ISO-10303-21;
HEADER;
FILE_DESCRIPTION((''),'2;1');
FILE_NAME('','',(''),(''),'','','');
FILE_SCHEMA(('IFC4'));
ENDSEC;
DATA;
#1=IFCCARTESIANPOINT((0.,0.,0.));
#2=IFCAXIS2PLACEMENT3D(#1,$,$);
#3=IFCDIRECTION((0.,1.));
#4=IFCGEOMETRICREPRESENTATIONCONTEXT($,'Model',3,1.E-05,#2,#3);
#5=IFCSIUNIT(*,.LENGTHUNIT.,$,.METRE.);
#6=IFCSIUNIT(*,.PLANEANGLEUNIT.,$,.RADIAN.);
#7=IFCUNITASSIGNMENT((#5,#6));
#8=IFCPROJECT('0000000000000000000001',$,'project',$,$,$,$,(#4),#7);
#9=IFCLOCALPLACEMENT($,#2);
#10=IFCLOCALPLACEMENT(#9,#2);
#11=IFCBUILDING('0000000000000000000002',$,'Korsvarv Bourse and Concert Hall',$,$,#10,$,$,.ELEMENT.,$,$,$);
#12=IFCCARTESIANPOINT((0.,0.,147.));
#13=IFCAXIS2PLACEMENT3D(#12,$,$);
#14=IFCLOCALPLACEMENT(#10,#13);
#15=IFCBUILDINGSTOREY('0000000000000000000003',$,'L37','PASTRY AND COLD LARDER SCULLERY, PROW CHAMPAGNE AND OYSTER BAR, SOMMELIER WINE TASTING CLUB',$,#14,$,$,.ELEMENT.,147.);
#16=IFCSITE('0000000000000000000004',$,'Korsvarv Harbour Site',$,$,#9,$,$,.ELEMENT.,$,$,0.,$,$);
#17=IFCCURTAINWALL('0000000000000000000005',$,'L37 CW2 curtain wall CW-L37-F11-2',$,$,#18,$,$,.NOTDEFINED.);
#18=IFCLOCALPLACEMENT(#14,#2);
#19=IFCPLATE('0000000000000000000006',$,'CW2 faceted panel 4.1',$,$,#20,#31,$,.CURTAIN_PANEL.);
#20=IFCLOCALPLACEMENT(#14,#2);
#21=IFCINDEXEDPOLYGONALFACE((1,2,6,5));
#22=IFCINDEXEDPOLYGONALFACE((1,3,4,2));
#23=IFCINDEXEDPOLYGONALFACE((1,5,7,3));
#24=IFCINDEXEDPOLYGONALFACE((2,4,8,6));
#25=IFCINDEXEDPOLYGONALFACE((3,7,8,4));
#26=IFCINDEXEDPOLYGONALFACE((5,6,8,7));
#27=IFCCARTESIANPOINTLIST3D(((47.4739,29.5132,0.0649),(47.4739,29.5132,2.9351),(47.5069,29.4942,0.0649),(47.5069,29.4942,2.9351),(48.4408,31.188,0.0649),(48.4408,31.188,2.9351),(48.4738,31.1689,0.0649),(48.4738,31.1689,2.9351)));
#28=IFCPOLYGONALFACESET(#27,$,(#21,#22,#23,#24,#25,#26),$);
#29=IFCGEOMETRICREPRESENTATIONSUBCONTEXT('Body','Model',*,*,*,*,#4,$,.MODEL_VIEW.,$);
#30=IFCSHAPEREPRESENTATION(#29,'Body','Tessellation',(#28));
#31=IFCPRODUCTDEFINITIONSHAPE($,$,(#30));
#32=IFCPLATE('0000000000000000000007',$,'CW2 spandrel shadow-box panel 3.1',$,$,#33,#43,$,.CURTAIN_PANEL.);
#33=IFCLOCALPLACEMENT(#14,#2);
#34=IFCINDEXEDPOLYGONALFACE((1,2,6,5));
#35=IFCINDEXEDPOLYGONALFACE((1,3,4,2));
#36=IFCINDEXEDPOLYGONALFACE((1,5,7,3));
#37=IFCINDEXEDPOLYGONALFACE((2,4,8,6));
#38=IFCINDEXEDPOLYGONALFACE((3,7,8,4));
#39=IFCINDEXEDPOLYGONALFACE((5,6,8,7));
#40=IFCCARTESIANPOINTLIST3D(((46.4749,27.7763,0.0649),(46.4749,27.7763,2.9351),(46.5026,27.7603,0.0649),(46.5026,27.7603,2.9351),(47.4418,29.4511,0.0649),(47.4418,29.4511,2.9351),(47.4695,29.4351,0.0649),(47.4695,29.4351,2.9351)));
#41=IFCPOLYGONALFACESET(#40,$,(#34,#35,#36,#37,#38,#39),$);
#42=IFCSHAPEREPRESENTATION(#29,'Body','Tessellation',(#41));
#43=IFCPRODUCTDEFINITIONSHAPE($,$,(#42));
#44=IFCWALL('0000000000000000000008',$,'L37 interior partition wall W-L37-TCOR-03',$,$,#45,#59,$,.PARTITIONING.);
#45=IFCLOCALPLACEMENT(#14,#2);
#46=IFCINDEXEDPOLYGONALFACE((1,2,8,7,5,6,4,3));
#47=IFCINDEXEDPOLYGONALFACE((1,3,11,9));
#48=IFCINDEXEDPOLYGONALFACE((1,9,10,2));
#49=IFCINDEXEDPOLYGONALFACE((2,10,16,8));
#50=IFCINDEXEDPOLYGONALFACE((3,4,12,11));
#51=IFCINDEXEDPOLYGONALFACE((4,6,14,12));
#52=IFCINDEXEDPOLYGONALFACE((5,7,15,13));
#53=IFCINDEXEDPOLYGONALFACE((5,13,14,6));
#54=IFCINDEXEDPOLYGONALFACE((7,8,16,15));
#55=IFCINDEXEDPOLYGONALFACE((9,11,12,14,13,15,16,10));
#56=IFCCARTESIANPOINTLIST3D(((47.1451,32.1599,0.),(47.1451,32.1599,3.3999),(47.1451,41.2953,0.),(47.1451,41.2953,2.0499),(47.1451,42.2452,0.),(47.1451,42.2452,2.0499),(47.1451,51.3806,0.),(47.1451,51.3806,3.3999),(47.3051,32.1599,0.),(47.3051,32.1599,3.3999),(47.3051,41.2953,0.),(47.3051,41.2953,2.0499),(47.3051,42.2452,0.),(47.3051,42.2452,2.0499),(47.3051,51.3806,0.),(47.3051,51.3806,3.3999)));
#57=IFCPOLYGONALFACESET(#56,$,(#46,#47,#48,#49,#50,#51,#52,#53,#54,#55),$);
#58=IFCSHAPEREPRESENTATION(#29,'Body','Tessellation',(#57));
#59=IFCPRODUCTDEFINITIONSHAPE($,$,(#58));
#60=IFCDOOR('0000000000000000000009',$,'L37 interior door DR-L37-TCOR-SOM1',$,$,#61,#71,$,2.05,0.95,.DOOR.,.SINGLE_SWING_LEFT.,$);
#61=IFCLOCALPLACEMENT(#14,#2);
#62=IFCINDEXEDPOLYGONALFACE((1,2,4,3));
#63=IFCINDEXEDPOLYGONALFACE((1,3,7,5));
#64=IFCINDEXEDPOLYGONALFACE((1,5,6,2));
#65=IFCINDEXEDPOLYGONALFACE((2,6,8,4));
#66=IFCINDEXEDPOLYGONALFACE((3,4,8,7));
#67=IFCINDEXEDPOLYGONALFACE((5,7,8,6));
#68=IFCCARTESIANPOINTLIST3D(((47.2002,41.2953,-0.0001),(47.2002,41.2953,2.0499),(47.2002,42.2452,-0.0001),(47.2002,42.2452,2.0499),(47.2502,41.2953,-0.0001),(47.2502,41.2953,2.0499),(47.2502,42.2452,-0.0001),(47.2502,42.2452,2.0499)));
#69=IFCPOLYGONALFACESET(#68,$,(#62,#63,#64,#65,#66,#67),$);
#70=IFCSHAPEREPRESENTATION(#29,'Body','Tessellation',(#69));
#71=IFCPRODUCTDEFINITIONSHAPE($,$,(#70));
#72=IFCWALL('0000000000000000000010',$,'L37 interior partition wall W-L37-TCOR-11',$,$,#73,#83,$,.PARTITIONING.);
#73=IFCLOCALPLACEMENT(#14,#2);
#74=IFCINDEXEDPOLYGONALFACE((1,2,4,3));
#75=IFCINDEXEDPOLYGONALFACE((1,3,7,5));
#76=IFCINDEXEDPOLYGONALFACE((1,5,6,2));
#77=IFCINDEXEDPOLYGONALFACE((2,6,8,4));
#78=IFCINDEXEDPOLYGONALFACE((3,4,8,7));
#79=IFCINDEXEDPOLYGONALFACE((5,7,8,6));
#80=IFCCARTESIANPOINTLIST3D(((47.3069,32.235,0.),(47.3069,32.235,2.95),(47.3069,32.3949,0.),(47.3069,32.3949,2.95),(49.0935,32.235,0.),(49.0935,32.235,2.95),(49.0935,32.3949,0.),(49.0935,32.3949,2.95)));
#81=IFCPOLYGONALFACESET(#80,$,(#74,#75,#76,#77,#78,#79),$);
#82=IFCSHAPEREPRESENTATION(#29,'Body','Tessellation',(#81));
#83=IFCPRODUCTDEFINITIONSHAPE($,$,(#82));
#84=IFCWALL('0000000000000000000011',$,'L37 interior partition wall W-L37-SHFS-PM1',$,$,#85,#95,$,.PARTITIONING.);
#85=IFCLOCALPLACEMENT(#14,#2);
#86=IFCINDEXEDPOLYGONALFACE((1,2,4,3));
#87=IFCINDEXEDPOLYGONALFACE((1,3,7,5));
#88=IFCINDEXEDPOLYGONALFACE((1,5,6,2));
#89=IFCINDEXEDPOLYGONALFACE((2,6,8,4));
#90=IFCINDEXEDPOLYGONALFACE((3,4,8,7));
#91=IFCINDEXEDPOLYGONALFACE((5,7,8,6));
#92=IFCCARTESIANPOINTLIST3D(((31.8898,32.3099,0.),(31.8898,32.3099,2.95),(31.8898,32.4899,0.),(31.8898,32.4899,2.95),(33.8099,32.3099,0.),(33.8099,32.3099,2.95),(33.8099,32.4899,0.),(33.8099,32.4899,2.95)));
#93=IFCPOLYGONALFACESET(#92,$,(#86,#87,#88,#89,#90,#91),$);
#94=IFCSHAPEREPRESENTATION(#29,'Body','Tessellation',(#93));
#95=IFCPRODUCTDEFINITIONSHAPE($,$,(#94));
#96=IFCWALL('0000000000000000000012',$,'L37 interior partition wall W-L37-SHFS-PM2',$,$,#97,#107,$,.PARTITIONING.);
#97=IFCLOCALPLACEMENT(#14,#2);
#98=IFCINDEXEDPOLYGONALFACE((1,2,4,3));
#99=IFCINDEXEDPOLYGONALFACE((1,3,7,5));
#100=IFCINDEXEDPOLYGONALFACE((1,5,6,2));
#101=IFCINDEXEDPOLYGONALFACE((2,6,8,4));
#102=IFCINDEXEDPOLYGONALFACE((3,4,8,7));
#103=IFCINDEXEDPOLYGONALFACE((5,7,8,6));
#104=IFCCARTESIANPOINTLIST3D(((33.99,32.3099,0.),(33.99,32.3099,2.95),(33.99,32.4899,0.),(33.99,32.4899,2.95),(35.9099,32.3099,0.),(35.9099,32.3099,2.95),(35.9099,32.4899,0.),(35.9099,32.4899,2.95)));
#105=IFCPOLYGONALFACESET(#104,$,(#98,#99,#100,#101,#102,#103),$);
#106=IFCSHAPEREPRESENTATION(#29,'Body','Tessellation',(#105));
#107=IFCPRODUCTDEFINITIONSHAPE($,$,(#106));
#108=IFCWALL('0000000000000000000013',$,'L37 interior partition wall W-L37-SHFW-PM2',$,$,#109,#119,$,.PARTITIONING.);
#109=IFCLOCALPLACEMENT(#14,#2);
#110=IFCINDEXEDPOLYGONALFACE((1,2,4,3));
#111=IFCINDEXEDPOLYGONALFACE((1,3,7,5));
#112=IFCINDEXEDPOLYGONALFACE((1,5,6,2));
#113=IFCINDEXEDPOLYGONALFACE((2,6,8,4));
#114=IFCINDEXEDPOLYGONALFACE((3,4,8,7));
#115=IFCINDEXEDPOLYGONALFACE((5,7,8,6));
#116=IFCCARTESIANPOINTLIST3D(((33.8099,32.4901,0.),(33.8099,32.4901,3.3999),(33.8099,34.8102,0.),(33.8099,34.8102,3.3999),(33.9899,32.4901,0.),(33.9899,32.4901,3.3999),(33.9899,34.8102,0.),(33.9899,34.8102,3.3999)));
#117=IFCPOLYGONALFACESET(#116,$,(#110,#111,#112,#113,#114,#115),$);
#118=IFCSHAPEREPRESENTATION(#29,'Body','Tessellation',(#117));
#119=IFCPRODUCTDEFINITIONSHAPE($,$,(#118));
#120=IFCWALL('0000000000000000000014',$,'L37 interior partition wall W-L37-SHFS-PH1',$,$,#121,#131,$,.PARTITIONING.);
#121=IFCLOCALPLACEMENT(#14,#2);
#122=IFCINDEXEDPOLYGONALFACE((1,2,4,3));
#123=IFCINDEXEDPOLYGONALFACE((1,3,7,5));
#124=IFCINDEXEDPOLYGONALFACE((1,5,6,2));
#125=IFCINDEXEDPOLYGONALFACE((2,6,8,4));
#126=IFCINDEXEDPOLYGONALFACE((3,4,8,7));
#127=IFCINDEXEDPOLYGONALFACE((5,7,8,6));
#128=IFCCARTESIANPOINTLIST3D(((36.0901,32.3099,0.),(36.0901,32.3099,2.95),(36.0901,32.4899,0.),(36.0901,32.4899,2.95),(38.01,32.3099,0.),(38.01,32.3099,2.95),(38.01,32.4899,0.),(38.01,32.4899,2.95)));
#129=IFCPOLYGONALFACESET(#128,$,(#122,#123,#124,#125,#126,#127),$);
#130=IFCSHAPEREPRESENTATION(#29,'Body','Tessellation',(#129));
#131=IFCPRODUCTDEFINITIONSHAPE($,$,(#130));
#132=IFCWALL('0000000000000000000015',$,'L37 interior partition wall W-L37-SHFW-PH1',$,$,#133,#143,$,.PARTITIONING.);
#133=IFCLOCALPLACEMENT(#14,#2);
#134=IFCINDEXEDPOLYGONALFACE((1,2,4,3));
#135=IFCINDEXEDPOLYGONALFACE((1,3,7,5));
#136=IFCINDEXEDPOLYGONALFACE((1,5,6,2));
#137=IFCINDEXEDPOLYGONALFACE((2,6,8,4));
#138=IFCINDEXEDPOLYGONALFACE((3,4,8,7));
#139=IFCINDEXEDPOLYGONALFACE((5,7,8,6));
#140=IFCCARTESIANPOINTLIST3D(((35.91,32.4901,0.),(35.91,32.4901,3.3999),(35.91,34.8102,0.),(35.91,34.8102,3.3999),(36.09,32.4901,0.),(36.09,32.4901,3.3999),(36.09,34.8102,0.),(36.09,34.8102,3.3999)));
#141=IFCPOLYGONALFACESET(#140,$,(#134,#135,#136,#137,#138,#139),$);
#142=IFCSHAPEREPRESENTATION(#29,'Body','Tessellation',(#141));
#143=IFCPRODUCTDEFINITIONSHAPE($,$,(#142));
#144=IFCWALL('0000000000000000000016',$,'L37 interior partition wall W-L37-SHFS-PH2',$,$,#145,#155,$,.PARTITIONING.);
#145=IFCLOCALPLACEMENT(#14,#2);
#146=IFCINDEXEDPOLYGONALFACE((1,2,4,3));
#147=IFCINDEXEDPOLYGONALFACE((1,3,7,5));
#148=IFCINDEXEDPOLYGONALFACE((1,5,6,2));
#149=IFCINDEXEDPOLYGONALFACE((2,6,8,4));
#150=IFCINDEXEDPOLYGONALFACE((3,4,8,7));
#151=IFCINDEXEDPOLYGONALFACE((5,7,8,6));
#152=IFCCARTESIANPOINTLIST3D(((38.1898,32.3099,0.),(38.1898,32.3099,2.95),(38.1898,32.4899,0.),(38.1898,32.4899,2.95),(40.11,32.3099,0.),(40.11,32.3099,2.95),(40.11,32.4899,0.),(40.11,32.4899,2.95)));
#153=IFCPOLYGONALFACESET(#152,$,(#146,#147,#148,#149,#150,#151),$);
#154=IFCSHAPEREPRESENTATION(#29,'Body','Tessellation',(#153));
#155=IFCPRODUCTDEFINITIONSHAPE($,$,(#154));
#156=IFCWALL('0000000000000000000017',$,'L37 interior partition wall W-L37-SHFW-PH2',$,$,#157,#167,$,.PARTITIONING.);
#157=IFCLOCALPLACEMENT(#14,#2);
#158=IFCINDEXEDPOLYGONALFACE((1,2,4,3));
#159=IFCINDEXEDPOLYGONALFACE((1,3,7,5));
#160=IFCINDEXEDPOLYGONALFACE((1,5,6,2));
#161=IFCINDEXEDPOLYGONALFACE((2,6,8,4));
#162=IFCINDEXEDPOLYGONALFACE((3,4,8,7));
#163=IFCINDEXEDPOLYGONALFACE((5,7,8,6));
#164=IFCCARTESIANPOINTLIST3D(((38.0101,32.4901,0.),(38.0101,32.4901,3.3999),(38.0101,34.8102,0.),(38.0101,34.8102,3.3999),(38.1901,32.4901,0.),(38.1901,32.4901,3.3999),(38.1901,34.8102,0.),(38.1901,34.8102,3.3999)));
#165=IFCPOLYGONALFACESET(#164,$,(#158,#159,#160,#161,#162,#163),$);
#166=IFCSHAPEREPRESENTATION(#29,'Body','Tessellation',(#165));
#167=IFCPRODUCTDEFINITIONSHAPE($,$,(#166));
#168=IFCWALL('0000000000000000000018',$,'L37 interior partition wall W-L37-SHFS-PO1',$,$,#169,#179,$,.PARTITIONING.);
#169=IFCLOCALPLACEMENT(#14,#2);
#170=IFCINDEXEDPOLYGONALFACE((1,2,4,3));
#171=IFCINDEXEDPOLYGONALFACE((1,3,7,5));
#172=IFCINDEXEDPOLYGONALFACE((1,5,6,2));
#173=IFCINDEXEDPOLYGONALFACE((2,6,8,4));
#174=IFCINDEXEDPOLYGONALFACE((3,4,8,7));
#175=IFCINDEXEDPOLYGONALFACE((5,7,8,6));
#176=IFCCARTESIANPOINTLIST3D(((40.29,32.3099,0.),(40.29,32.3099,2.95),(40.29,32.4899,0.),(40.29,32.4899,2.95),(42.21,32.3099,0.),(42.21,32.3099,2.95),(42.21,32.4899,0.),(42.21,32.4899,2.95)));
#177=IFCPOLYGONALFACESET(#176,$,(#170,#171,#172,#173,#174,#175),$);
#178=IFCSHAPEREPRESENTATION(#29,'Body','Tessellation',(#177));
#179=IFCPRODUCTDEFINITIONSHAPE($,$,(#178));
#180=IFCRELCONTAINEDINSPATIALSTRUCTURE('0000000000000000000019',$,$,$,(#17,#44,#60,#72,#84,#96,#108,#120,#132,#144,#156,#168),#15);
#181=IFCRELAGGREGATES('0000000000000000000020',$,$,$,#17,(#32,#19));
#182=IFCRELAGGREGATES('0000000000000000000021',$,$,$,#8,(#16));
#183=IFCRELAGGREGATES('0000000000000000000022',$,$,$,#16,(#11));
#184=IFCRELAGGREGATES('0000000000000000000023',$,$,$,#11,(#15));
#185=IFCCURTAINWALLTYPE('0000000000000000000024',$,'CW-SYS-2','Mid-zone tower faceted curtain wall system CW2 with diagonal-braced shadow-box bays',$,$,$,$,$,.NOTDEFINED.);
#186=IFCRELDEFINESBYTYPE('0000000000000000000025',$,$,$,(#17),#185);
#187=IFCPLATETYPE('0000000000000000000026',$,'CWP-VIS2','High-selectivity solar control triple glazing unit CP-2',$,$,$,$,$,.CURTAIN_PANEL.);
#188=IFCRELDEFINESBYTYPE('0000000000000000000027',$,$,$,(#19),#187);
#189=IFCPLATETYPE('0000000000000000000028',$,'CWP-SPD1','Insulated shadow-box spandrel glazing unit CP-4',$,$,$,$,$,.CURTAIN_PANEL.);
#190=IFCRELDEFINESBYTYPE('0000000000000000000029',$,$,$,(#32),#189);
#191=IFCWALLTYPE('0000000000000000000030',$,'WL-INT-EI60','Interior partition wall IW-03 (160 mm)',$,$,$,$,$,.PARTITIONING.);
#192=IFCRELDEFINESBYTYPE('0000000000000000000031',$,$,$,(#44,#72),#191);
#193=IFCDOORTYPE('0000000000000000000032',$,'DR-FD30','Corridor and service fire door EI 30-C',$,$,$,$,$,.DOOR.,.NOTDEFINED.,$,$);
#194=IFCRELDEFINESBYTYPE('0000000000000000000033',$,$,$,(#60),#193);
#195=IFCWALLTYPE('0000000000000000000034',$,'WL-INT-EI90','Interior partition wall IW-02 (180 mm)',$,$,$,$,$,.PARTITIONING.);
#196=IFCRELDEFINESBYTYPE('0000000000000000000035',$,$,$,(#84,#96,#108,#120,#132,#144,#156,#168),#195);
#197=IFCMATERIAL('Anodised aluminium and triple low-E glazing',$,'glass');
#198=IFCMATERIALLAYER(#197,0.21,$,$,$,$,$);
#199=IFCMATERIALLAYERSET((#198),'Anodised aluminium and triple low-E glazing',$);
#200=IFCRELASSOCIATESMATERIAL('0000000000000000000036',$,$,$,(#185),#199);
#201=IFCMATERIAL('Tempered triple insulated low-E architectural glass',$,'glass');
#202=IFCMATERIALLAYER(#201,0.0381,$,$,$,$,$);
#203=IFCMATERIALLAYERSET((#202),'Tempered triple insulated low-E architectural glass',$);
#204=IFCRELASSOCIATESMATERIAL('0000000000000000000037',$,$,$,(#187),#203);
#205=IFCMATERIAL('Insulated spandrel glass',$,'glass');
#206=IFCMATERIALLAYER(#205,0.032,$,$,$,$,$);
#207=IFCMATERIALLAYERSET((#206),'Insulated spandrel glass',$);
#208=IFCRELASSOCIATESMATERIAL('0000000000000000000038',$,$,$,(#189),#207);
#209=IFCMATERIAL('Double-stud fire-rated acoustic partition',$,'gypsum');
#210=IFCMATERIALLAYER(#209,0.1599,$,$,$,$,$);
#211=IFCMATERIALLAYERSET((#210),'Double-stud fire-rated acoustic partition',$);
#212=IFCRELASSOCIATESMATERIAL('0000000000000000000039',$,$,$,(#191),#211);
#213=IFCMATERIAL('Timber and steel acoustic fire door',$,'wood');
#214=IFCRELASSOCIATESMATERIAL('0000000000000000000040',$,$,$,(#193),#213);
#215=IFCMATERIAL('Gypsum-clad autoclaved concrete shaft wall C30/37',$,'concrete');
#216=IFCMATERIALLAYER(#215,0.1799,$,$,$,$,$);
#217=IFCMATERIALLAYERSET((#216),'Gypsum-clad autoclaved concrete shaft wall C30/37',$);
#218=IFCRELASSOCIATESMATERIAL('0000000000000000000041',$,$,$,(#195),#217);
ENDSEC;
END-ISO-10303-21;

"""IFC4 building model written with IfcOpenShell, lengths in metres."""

from ifc_helpers import new_model, si_unit, direction, frame, frame_2d, origin, origin_2d, place, context, subcontext, project, spatial, rectangle, extrude, source, transform, mapped, material, layer, layer_set, type_object, element, fill, aggregate, save


model = new_model("IFC4")

# Units and contexts
model_context = context("Model", 3, precision=1e-05, world=origin(), true_north=direction((0.0, 1.0)))
body_context = subcontext(model_context, "Body", "Model", "MODEL_VIEW")
ifc_project = project(units=[si_unit("LENGTHUNIT", "METRE"), si_unit("PLANEANGLEUNIT", "RADIAN")], contexts=[model_context])

# Site, building, storey
site_placement = place(None, origin())
site = spatial("IfcSite", under=ifc_project, at=site_placement, Name="Korsvarv Harbour Site", CompositionType="ELEMENT", RefElevation=0.0)
building_placement = place(site_placement, origin())
building = spatial("IfcBuilding", under=site, at=building_placement, Name="Korsvarv Bourse and Concert Hall", CompositionType="ELEMENT")
storey_placement = place(building_placement, frame((0.0, 0.0, 147.0)))
storey = spatial("IfcBuildingStorey", under=building, at=storey_placement, Name="L37", Description="PASTRY AND COLD LARDER SCULLERY, PROW CHAMPAGNE AND OYSTER BAR, SOMMELIER WINE TASTING CLUB", CompositionType="ELEMENT", Elevation=147.0)

# Curtain wall, plates
ifc_material_1 = material(Name="Anodised aluminium and triple low-E glazing", Category="glass")
ifc_layer_1 = layer(ifc_material_1, 0.21)
ifc_layer_set_1 = layer_set([ifc_layer_1], Name="Anodised aluminium and triple low-E glazing")
curtain_wall_type = type_object("IfcCurtainWallType", Name="CW-SYS-2", Description="Mid-zone tower faceted curtain wall system CW2 with diagonal-braced shadow-box bays", PredefinedType="NOTDEFINED", material=ifc_layer_set_1)
curtain_wall_placement = place(storey_placement, origin())
curtain_wall = element("IfcCurtainWall", 1, at=curtain_wall_placement, inside=storey, type_object=curtain_wall_type, Name="L37 CW2 curtain wall CW-L37-F11-2", PredefinedType="NOTDEFINED")
ifc_material_2 = material(Name="Tempered triple insulated low-E architectural glass", Category="glass")
ifc_layer_2 = layer(ifc_material_2, 0.0381)
ifc_layer_set_2 = layer_set([ifc_layer_2], Name="Tempered triple insulated low-E architectural glass")
plate_type_1 = type_object("IfcPlateType", Name="CWP-VIS2", Description="High-selectivity solar control triple glazing unit CP-2", PredefinedType="CURTAIN_PANEL", material=ifc_layer_set_2)
shared_shape_1 = source(origin(), body_context, "Body", "SweptSolid", [
    extrude(rectangle(XDim=1.9338, YDim=0.0381, at=origin_2d()), origin(), (0.0, 0.0, 1.0), 2.8701),
])
plate_1_placement = place(storey_placement, frame((47.9739, 30.3411, 0.0649), z_axis=(0.0, 0.0, 1.0), x_axis=(0.500005, 0.866023, 0.0)))
plate_1 = element("IfcPlate", 2, at=plate_1_placement, type_object=plate_type_1, Name="CW2 faceted panel 4.1", PredefinedType="CURTAIN_PANEL", context=body_context, shape_type="MappedRepresentation", body=[
    mapped(shared_shape_1, transform((0.0, 0.0, 0.0), scale=1.0)),
])
ifc_material_3 = material(Name="Insulated spandrel glass", Category="glass")
ifc_layer_3 = layer(ifc_material_3, 0.032)
ifc_layer_set_3 = layer_set([ifc_layer_3], Name="Insulated spandrel glass")
plate_type_2 = type_object("IfcPlateType", Name="CWP-SPD1", Description="Insulated shadow-box spandrel glazing unit CP-4", PredefinedType="CURTAIN_PANEL", material=ifc_layer_set_3)
shared_shape_2 = source(origin(), body_context, "Body", "SweptSolid", [
    extrude(rectangle(XDim=1.9338, YDim=0.032, at=origin_2d()), origin(), (0.0, 0.0, 1.0), 2.8701),
])
plate_2_placement = place(storey_placement, frame((46.9722, 28.6057, 0.0649), z_axis=(0.0, 0.0, 1.0), x_axis=(0.500005, 0.866023, 0.0)))
plate_2 = element("IfcPlate", 3, at=plate_2_placement, type_object=plate_type_2, Name="CW2 spandrel shadow-box panel 3.1", PredefinedType="CURTAIN_PANEL", context=body_context, shape_type="MappedRepresentation", body=[
    mapped(shared_shape_2, transform((0.0, 0.0, 0.0), scale=1.0)),
])
aggregate(curtain_wall, [plate_2, plate_1])

# Wall, opening, door
ifc_material_4 = material(Name="Double-stud fire-rated acoustic partition", Category="gypsum")
ifc_layer_4 = layer(ifc_material_4, 0.1599)
ifc_layer_set_4 = layer_set([ifc_layer_4], Name="Double-stud fire-rated acoustic partition")
wall_type_1 = type_object("IfcWallType", Name="WL-INT-EI60", Description="Interior partition wall IW-03 (160 mm)", PredefinedType="PARTITIONING", material=ifc_layer_set_4)
wall_1_placement = place(storey_placement, frame((47.2251, 32.1599, 0.0), z_axis=(0.0, 0.0, 1.0), x_axis=(0.0, 1.0, 0.0)))
wall_1 = element("IfcWall", 4, at=wall_1_placement, inside=storey, type_object=wall_type_1, Name="L37 interior partition wall W-L37-TCOR-03", PredefinedType="PARTITIONING", context=body_context, shape_type="SweptSolid", body=[
    extrude(rectangle(XDim=19.2207, YDim=0.1599, at=frame_2d((9.6104, 0.0))), origin(), (0.0, 0.0, 1.0), 3.3999),
])
opening_placement = place(wall_1_placement, frame((9.1353, 0.0, 0.0)))
opening = element("IfcOpeningElement", 5, at=opening_placement, cuts=wall_1, PredefinedType="OPENING", context=body_context, shape_type="SweptSolid", body=[
    extrude(rectangle(XDim=0.95, YDim=2.05, at=frame_2d((0.4751, 1.0249))), frame((0.0, 0.0898, 0.0), z_axis=(0.0, -1.0, 0.0), x_axis=(1.0, 0.0, 0.0)), (0.0, 0.0, 1.0), 0.1799),
])
ifc_material_5 = material(Name="Timber and steel acoustic fire door", Category="wood")
door_type = type_object("IfcDoorType", Name="DR-FD30", Description="Corridor and service fire door EI 30-C", OperationType="NOTDEFINED", PredefinedType="DOOR", material=ifc_material_5)
door_placement = place(opening_placement, origin())
door = element("IfcDoor", 6, at=door_placement, inside=storey, type_object=door_type, Name="L37 interior door DR-L37-TCOR-SOM1", OperationType="SINGLE_SWING_LEFT", OverallHeight=2.05, OverallWidth=0.95, PredefinedType="DOOR", context=body_context, shape_type="SweptSolid", body=[
    extrude(rectangle(XDim=0.95, YDim=2.05, at=frame_2d((0.4751, 1.0249))), frame((0.0, 0.0249, 0.0), z_axis=(0.0, -1.0, 0.0), x_axis=(1.0, 0.0, 0.0)), (0.0, 0.0, 1.0), 0.05),
])
fill(opening, door)

# Walls
wall_2_placement = place(storey_placement, frame((47.3069, 32.3149, 0.0), z_axis=(0.0, 0.0, 1.0), x_axis=(1.0, 0.0, 0.0)))
element("IfcWall", 7, at=wall_2_placement, inside=storey, type_object=wall_type_1, Name="L37 interior partition wall W-L37-TCOR-11", PredefinedType="PARTITIONING", context=body_context, shape_type="SweptSolid", body=[
    extrude(rectangle(XDim=1.7866, YDim=0.1599, at=frame_2d((0.8933, 0.0))), origin(), (0.0, 0.0, 1.0), 2.95),
])
ifc_material_6 = material(Name="Gypsum-clad autoclaved concrete shaft wall C30/37", Category="concrete")
ifc_layer_5 = layer(ifc_material_6, 0.1799)
ifc_layer_set_5 = layer_set([ifc_layer_5], Name="Gypsum-clad autoclaved concrete shaft wall C30/37")
wall_type_2 = type_object("IfcWallType", Name="WL-INT-EI90", Description="Interior partition wall IW-02 (180 mm)", PredefinedType="PARTITIONING", material=ifc_layer_set_5)
wall_3_placement = place(storey_placement, frame((31.8899, 32.3999, 0.0), z_axis=(0.0, 0.0, 1.0), x_axis=(1.0, 0.0, 0.0)))
element("IfcWall", 8, at=wall_3_placement, inside=storey, type_object=wall_type_2, Name="L37 interior partition wall W-L37-SHFS-PM1", PredefinedType="PARTITIONING", context=body_context, shape_type="SweptSolid", body=[
    extrude(rectangle(XDim=1.9202, YDim=0.1799, at=frame_2d((0.96, 0.0))), origin(), (0.0, 0.0, 1.0), 2.95),
])
wall_4_placement = place(storey_placement, frame((33.99, 32.3999, 0.0), z_axis=(0.0, 0.0, 1.0), x_axis=(1.0, 0.0, 0.0)))
element("IfcWall", 9, at=wall_4_placement, inside=storey, type_object=wall_type_2, Name="L37 interior partition wall W-L37-SHFS-PM2", PredefinedType="PARTITIONING", context=body_context, shape_type="SweptSolid", body=[
    extrude(rectangle(XDim=1.9199, YDim=0.1799, at=frame_2d((0.96, 0.0))), origin(), (0.0, 0.0, 1.0), 2.95),
])
wall_5_placement = place(storey_placement, frame((33.8999, 32.49, 0.0), z_axis=(0.0, 0.0, 1.0), x_axis=(0.0, 1.0, 0.0)))
element("IfcWall", 10, at=wall_5_placement, inside=storey, type_object=wall_type_2, Name="L37 interior partition wall W-L37-SHFW-PM2", PredefinedType="PARTITIONING", context=body_context, shape_type="SweptSolid", body=[
    extrude(rectangle(XDim=2.3201, YDim=0.1799, at=frame_2d((1.1602, 0.0))), origin(), (0.0, 0.0, 1.0), 3.3999),
])
wall_6_placement = place(storey_placement, frame((36.0901, 32.3999, 0.0), z_axis=(0.0, 0.0, 1.0), x_axis=(1.0, 0.0, 0.0)))
element("IfcWall", 11, at=wall_6_placement, inside=storey, type_object=wall_type_2, Name="L37 interior partition wall W-L37-SHFS-PH1", PredefinedType="PARTITIONING", context=body_context, shape_type="SweptSolid", body=[
    extrude(rectangle(XDim=1.9199, YDim=0.1799, at=frame_2d((0.96, 0.0))), origin(), (0.0, 0.0, 1.0), 2.95),
])
wall_7_placement = place(storey_placement, frame((36.0, 32.49, 0.0), z_axis=(0.0, 0.0, 1.0), x_axis=(0.0, 1.0, 0.0)))
element("IfcWall", 12, at=wall_7_placement, inside=storey, type_object=wall_type_2, Name="L37 interior partition wall W-L37-SHFW-PH1", PredefinedType="PARTITIONING", context=body_context, shape_type="SweptSolid", body=[
    extrude(rectangle(XDim=2.3201, YDim=0.1799, at=frame_2d((1.1602, 0.0))), origin(), (0.0, 0.0, 1.0), 3.3999),
])
wall_8_placement = place(storey_placement, frame((38.1899, 32.3999, 0.0), z_axis=(0.0, 0.0, 1.0), x_axis=(1.0, 0.0, 0.0)))
element("IfcWall", 13, at=wall_8_placement, inside=storey, type_object=wall_type_2, Name="L37 interior partition wall W-L37-SHFS-PH2", PredefinedType="PARTITIONING", context=body_context, shape_type="SweptSolid", body=[
    extrude(rectangle(XDim=1.9202, YDim=0.1799, at=frame_2d((0.96, 0.0))), origin(), (0.0, 0.0, 1.0), 2.95),
])
wall_9_placement = place(storey_placement, frame((38.1001, 32.49, 0.0), z_axis=(0.0, 0.0, 1.0), x_axis=(0.0, 1.0, 0.0)))
element("IfcWall", 14, at=wall_9_placement, inside=storey, type_object=wall_type_2, Name="L37 interior partition wall W-L37-SHFW-PH2", PredefinedType="PARTITIONING", context=body_context, shape_type="SweptSolid", body=[
    extrude(rectangle(XDim=2.3201, YDim=0.1799, at=frame_2d((1.1602, 0.0))), origin(), (0.0, 0.0, 1.0), 3.3999),
])
wall_10_placement = place(storey_placement, frame((40.29, 32.3999, 0.0), z_axis=(0.0, 0.0, 1.0), x_axis=(1.0, 0.0, 0.0)))
element("IfcWall", 15, at=wall_10_placement, inside=storey, type_object=wall_type_2, Name="L37 interior partition wall W-L37-SHFS-PO1", PredefinedType="PARTITIONING", context=body_context, shape_type="SweptSolid", body=[
    extrude(rectangle(XDim=1.9199, YDim=0.1799, at=frame_2d((0.96, 0.0))), origin(), (0.0, 0.0, 1.0), 2.95),
])

save(model, "model.ifc")
